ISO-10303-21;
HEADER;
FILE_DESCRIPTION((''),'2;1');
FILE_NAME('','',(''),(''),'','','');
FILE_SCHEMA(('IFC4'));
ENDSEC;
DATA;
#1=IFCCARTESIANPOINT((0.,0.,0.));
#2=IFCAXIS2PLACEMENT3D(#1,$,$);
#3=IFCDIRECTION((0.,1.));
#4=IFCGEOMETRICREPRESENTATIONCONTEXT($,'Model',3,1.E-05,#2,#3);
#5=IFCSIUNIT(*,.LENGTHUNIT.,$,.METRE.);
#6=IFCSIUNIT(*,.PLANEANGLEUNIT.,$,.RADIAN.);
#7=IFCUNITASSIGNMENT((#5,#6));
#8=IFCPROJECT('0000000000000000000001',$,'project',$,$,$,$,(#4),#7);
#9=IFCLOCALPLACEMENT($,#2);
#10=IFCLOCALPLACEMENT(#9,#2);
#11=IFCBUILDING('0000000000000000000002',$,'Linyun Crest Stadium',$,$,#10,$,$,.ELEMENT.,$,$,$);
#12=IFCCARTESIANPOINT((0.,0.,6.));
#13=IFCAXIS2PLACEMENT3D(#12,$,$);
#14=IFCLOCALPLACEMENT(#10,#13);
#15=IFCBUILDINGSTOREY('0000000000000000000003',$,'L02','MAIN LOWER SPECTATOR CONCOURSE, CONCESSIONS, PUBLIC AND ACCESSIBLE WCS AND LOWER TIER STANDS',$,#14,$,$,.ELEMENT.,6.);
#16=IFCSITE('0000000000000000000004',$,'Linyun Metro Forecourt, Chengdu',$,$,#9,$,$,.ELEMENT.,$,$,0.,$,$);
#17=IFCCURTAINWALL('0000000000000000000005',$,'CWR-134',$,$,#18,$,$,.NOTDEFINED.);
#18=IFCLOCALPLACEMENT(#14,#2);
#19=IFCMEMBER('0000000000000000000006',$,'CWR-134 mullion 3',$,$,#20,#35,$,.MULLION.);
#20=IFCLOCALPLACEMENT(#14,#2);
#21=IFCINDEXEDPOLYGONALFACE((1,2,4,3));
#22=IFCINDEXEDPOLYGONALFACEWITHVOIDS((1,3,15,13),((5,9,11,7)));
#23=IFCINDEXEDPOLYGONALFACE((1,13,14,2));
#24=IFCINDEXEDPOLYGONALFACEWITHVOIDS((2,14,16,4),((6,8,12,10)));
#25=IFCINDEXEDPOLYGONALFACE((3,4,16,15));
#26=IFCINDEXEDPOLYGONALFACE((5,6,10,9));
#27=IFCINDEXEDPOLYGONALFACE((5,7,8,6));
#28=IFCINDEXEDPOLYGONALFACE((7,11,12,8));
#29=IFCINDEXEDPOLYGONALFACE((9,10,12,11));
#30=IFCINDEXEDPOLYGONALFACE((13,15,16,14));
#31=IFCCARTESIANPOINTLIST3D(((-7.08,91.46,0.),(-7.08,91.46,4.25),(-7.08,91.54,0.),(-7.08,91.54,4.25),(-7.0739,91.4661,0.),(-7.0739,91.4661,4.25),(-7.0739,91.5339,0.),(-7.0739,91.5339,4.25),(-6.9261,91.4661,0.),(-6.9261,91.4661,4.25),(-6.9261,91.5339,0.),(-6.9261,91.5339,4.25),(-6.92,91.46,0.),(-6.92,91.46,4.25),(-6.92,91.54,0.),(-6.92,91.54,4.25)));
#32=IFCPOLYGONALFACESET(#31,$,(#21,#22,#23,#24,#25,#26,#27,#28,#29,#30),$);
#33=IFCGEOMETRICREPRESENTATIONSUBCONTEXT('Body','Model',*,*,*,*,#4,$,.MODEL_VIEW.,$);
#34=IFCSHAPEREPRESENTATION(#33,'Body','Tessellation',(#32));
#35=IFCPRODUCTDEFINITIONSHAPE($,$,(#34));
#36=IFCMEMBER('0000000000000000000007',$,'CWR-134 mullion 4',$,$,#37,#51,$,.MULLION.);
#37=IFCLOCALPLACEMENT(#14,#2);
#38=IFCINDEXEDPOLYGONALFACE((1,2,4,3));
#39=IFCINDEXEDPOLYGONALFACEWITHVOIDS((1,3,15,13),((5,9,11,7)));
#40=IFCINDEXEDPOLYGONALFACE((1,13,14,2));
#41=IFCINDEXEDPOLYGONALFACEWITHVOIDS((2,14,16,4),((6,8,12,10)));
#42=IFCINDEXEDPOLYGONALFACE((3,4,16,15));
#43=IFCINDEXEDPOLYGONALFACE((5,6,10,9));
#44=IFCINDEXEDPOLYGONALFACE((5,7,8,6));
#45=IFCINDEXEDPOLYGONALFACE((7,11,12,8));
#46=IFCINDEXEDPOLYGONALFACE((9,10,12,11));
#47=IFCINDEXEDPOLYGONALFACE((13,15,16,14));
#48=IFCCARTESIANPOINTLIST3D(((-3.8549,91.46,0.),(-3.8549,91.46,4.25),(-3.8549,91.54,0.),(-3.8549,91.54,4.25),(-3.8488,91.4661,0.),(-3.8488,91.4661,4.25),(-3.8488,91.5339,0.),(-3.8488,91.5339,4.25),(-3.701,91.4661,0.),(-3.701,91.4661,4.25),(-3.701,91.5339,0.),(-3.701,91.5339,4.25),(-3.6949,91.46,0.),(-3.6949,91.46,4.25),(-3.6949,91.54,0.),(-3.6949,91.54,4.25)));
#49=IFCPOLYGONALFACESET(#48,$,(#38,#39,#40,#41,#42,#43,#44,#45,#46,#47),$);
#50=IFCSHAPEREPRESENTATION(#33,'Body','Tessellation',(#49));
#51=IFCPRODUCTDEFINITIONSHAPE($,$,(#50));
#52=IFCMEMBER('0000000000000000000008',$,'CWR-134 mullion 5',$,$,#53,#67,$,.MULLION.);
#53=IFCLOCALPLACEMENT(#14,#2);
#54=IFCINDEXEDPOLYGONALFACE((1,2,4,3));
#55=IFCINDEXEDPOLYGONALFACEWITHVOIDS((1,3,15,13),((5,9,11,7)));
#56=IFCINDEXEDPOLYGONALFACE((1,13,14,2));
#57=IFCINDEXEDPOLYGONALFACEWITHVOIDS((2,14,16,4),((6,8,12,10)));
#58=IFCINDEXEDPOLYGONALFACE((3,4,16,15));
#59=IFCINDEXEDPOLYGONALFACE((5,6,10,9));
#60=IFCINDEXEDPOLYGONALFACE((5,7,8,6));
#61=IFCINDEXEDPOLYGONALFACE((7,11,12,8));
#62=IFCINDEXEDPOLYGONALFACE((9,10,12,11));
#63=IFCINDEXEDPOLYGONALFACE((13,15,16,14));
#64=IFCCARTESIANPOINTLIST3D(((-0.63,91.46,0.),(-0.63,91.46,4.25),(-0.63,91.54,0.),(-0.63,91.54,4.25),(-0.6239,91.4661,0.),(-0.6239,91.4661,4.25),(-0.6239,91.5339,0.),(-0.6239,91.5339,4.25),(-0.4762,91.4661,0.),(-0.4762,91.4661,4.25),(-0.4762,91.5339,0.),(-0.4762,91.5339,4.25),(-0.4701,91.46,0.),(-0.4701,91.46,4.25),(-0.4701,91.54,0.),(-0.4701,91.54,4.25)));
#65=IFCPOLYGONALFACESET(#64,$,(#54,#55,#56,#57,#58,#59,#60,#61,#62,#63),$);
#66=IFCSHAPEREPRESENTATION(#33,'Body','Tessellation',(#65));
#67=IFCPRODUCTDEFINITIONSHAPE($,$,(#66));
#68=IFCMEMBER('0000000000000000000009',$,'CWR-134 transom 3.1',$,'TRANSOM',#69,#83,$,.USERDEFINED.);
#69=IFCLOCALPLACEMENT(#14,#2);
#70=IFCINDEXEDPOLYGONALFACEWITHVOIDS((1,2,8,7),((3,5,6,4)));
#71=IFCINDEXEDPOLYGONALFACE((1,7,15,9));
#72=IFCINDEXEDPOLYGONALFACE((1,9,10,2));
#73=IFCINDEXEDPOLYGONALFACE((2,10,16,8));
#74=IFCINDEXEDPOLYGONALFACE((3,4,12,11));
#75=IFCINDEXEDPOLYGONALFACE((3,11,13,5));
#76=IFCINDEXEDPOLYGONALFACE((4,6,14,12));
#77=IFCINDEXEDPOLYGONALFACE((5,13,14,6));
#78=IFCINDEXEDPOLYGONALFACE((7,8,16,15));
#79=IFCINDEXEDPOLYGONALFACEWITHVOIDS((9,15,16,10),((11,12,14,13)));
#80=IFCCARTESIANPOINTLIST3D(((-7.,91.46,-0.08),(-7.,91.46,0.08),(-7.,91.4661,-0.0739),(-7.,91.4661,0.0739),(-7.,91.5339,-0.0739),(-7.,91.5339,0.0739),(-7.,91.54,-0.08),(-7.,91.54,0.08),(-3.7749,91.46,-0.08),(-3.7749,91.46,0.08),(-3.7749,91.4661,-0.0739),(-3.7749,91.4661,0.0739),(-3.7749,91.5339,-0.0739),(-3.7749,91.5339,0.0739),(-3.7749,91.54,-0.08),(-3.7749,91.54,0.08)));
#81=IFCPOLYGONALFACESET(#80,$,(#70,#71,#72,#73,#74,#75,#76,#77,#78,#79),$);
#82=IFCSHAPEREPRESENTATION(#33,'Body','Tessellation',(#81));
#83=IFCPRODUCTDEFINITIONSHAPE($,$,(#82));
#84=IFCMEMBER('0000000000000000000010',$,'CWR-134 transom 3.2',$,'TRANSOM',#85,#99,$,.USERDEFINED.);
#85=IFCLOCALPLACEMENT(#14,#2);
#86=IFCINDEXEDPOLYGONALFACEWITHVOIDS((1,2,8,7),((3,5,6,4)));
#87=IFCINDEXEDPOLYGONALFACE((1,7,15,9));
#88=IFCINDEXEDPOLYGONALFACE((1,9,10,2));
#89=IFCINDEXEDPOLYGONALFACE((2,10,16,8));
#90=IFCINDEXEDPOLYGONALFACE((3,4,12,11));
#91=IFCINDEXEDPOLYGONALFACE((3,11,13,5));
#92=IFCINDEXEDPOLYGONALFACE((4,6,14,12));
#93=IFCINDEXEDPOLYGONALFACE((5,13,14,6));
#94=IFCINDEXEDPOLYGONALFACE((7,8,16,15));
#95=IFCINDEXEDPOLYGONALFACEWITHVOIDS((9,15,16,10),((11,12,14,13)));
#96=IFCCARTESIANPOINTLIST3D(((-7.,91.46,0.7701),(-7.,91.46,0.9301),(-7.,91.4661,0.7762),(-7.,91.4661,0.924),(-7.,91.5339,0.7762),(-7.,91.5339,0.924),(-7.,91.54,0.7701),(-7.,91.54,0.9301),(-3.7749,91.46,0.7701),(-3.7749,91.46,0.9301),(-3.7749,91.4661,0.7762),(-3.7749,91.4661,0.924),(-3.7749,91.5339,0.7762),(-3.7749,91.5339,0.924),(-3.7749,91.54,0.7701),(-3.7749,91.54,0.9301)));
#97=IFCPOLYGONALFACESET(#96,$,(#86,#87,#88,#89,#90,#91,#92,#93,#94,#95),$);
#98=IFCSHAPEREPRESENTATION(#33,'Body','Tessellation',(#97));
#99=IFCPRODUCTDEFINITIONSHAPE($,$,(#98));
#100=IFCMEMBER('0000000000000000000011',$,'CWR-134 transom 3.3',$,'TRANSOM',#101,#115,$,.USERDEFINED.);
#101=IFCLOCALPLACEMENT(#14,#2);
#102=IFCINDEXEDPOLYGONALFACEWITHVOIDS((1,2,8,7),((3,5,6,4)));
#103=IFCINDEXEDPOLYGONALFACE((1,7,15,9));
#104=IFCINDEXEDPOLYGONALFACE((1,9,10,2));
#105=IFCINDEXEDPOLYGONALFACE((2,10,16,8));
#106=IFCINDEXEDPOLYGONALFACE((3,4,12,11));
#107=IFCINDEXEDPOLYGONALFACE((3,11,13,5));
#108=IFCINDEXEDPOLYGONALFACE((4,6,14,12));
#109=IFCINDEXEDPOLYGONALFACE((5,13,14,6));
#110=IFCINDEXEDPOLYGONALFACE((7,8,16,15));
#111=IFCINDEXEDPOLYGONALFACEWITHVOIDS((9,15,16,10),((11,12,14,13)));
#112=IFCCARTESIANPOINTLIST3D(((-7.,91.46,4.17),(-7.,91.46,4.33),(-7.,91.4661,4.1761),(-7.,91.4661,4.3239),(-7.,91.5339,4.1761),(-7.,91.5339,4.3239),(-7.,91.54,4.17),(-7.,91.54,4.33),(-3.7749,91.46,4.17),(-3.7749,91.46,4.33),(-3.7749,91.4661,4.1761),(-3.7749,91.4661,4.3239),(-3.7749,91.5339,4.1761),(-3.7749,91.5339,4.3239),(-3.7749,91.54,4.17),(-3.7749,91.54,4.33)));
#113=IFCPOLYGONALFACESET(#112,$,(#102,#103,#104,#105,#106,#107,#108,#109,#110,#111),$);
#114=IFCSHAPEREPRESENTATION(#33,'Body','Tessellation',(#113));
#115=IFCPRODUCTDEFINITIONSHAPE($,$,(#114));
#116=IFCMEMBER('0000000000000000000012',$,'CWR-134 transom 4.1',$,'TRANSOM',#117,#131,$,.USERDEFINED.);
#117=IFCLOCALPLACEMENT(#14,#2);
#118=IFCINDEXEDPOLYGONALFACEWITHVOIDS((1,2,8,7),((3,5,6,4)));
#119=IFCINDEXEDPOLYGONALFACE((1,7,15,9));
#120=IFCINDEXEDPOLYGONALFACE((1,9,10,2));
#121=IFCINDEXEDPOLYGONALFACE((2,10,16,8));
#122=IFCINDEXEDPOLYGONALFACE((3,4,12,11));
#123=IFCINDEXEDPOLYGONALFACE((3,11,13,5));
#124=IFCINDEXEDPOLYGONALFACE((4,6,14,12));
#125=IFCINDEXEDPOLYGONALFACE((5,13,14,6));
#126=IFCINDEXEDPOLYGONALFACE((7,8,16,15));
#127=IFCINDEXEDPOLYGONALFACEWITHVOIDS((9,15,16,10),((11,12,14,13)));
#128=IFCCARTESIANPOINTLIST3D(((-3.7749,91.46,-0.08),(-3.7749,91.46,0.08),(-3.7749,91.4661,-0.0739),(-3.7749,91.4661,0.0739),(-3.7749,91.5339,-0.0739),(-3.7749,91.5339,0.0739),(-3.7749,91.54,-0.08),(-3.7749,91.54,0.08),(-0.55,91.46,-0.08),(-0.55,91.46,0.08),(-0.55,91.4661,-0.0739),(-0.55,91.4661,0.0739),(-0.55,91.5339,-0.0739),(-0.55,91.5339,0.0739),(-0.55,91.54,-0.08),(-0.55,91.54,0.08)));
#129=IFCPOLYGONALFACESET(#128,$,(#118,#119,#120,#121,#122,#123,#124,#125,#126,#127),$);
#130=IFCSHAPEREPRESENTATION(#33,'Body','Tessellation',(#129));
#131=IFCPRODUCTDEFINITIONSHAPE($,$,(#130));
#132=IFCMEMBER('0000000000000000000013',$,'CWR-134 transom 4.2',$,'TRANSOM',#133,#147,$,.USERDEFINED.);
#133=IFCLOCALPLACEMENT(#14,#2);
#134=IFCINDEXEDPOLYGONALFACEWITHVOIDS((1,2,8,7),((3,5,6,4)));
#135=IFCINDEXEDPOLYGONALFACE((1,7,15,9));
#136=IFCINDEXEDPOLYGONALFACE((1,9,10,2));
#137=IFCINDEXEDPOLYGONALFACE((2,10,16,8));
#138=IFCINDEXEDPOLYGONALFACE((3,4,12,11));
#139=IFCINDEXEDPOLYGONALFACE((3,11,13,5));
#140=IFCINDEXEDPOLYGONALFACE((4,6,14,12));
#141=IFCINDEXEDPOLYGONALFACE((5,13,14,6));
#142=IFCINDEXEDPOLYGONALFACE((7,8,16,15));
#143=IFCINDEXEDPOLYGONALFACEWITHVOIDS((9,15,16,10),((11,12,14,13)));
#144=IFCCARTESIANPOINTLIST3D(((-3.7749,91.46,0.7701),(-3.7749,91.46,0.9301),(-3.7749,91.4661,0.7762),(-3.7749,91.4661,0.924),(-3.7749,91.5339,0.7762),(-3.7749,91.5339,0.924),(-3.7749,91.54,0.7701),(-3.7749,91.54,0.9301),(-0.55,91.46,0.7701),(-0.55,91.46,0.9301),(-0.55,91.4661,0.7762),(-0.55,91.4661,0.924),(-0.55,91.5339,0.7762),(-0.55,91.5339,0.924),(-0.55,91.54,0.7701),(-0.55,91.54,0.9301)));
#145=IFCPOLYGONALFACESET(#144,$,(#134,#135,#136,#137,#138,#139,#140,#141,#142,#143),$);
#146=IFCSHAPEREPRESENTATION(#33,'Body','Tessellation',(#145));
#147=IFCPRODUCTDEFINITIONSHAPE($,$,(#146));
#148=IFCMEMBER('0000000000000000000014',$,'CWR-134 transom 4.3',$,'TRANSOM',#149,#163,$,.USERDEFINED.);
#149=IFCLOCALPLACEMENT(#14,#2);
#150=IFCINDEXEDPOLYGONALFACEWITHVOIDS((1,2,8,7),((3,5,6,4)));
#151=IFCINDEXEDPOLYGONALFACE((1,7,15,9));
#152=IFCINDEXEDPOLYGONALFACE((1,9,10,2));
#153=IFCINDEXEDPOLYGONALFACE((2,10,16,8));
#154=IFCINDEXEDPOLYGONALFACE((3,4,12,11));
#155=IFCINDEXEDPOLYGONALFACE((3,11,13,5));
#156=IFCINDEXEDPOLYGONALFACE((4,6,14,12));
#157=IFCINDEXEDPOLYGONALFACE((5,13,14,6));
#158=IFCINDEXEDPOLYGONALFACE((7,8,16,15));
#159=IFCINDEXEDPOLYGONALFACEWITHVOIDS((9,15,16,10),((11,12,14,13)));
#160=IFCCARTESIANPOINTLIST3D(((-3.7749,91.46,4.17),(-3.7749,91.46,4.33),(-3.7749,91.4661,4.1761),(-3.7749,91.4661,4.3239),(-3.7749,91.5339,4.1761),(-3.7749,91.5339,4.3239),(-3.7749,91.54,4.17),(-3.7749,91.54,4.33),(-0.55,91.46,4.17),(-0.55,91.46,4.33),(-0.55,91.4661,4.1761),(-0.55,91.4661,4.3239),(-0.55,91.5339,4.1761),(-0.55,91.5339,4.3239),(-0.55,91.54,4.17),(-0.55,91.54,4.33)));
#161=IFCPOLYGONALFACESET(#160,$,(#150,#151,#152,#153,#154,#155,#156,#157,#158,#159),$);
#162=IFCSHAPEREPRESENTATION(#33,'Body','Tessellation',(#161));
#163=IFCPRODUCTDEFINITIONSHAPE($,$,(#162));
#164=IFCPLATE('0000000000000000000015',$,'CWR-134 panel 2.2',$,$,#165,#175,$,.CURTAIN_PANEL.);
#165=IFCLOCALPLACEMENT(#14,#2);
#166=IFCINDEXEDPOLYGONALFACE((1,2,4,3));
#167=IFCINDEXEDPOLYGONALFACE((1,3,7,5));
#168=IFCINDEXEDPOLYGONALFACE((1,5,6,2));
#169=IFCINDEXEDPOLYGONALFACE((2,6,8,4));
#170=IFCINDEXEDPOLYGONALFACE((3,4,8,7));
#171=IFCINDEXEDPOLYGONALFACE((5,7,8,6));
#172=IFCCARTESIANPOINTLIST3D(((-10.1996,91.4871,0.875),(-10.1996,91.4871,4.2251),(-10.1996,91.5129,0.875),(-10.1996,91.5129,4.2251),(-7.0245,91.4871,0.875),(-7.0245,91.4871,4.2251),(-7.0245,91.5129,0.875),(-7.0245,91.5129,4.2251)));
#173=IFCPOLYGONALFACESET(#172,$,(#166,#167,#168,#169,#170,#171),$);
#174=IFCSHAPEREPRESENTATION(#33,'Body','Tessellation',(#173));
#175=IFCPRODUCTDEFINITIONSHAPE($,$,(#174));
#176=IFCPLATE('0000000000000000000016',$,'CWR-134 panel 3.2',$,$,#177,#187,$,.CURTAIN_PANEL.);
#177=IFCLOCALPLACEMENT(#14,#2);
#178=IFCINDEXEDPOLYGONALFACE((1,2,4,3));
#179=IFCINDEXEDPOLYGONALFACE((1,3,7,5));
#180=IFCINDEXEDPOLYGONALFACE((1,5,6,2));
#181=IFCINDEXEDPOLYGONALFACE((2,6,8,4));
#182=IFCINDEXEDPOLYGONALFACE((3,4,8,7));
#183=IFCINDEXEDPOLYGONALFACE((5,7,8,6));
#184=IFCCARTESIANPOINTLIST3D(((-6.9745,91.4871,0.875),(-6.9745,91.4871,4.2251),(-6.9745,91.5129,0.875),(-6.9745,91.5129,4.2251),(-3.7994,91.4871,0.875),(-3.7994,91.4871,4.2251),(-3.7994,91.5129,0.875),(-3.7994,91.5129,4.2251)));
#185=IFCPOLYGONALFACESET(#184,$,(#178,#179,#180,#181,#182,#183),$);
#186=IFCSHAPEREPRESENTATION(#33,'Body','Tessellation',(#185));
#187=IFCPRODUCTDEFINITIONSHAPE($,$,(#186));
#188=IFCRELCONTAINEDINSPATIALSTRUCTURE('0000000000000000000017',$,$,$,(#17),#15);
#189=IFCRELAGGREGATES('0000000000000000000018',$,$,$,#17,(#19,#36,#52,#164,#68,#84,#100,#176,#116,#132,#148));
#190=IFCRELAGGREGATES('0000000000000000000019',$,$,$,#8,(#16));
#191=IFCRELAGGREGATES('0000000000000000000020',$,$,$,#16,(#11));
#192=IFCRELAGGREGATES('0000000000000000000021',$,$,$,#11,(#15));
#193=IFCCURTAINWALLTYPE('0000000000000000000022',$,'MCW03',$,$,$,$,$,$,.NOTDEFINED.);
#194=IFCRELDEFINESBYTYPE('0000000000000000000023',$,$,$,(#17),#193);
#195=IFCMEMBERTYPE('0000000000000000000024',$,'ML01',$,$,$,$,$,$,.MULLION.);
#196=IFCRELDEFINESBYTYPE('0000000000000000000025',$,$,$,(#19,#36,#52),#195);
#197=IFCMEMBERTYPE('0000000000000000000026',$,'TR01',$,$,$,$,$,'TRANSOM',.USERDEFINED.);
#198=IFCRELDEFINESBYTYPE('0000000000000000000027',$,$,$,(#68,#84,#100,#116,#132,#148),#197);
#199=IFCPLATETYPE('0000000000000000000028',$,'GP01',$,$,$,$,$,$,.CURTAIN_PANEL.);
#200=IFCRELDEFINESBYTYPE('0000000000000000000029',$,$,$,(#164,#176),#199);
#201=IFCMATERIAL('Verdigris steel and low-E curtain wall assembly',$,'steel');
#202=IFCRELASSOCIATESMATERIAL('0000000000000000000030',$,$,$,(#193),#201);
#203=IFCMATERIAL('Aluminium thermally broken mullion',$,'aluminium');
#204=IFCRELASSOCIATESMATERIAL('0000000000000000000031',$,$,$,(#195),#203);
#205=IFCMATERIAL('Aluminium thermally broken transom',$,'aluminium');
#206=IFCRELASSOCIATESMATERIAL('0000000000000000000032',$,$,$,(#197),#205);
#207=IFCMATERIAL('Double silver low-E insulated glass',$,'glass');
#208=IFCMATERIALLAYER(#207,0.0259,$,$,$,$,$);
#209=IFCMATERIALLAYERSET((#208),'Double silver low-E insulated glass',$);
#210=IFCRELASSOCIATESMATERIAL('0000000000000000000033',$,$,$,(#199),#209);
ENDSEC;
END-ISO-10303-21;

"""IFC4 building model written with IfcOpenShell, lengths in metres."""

from ifc_helpers import new_model, si_unit, direction, frame, origin, origin_2d, place, context, subcontext, project, spatial, rectangle, hollow_rectangle, extrude, material, layer, layer_set, material_profile, profile_set, type_object, element, aggregate, save


model = new_model("IFC4")

# Units and contexts
model_context = context("Model", 3, precision=1e-05, world=origin(), true_north=direction((0.0, 1.0)))
body_context = subcontext(model_context, "Body", "Model", "MODEL_VIEW")
ifc_project = project(units=[si_unit("LENGTHUNIT", "METRE"), si_unit("PLANEANGLEUNIT", "RADIAN")], contexts=[model_context])

# Site, building, storey
site_placement = place(None, origin())
site = spatial("IfcSite", under=ifc_project, at=site_placement, Name="Linyun Metro Forecourt, Chengdu", CompositionType="ELEMENT", RefElevation=0.0)
building_placement = place(site_placement, origin())
building = spatial("IfcBuilding", under=site, at=building_placement, Name="Linyun Crest Stadium", CompositionType="ELEMENT")
storey_placement = place(building_placement, frame((0.0, 0.0, 6.0)))
storey = spatial("IfcBuildingStorey", under=building, at=storey_placement, Name="L02", Description="MAIN LOWER SPECTATOR CONCOURSE, CONCESSIONS, PUBLIC AND ACCESSIBLE WCS AND LOWER TIER STANDS", CompositionType="ELEMENT", Elevation=6.0)

# Curtain wall, members, plates
ifc_material_1 = material(Name="Verdigris steel and low-E curtain wall assembly", Category="steel")
curtain_wall_type = type_object("IfcCurtainWallType", Name="MCW03", PredefinedType="NOTDEFINED", material=ifc_material_1)
curtain_wall_placement = place(storey_placement, origin())
curtain_wall = element("IfcCurtainWall", 1, at=curtain_wall_placement, inside=storey, type_object=curtain_wall_type, Name="CWR-134", PredefinedType="NOTDEFINED")
ifc_material_2 = material(Name="Aluminium thermally broken mullion", Category="aluminium")
ifc_material_profile_1 = material_profile(ifc_material_2, hollow_rectangle(XDim=0.0801, YDim=0.1599, WallThickness=0.0061, at=origin_2d()), Name="RHS 160x80x6")
ifc_profile_set_1 = profile_set([ifc_material_profile_1], Name="Aluminium thermally broken mullion")
member_type_1 = type_object("IfcMemberType", Name="ML01", PredefinedType="MULLION", material=ifc_profile_set_1)
member_1_placement = place(storey_placement, frame((-7.0, 91.5, 0.0), z_axis=(0.0, 0.0, 1.0), x_axis=(0.0, 1.0, 0.0)))
member_1 = element("IfcMember", 2, at=member_1_placement, type_object=member_type_1, Name="CWR-134 mullion 3", PredefinedType="MULLION", context=body_context, shape_type="SweptSolid", body=[
    extrude(hollow_rectangle(XDim=0.0801, YDim=0.1599, WallThickness=0.0061, at=origin_2d()), origin(), (0.0, 0.0, 1.0), 4.25),
])
member_2_placement = place(storey_placement, frame((-3.7749, 91.5, 0.0), z_axis=(0.0, 0.0, 1.0), x_axis=(0.0, 1.0, 0.0)))
member_2 = element("IfcMember", 3, at=member_2_placement, type_object=member_type_1, Name="CWR-134 mullion 4", PredefinedType="MULLION", context=body_context, shape_type="SweptSolid", body=[
    extrude(hollow_rectangle(XDim=0.0801, YDim=0.1599, WallThickness=0.0061, at=origin_2d()), origin(), (0.0, 0.0, 1.0), 4.25),
])
member_3_placement = place(storey_placement, frame((-0.55, 91.5, 0.0), z_axis=(0.0, 0.0, 1.0), x_axis=(0.0, 1.0, 0.0)))
member_3 = element("IfcMember", 4, at=member_3_placement, type_object=member_type_1, Name="CWR-134 mullion 5", PredefinedType="MULLION", context=body_context, shape_type="SweptSolid", body=[
    extrude(hollow_rectangle(XDim=0.0801, YDim=0.1599, WallThickness=0.0061, at=origin_2d()), origin(), (0.0, 0.0, 1.0), 4.25),
])
ifc_material_3 = material(Name="Aluminium thermally broken transom", Category="aluminium")
ifc_material_profile_2 = material_profile(ifc_material_3, hollow_rectangle(XDim=0.0801, YDim=0.1599, WallThickness=0.0061, at=origin_2d()), Name="RHS 160x80x6")
ifc_profile_set_2 = profile_set([ifc_material_profile_2], Name="Aluminium thermally broken transom")
member_type_2 = type_object("IfcMemberType", Name="TR01", ElementType="TRANSOM", PredefinedType="USERDEFINED", material=ifc_profile_set_2)
member_4_placement = place(storey_placement, frame((-7.0, 91.5, 0.0), z_axis=(1.0, 0.0, 0.0), x_axis=(0.0, 1.0, 0.0)))
member_4 = element("IfcMember", 5, at=member_4_placement, type_object=member_type_2, Name="CWR-134 transom 3.1", ObjectType="TRANSOM", PredefinedType="USERDEFINED", context=body_context, shape_type="SweptSolid", body=[
    extrude(hollow_rectangle(XDim=0.0801, YDim=0.1599, WallThickness=0.0061, at=origin_2d()), origin(), (0.0, 0.0, 1.0), 3.2251),
])
member_5_placement = place(storey_placement, frame((-7.0, 91.5, 0.8501), z_axis=(1.0, 0.0, 0.0), x_axis=(0.0, 1.0, 0.0)))
member_5 = element("IfcMember", 6, at=member_5_placement, type_object=member_type_2, Name="CWR-134 transom 3.2", ObjectType="TRANSOM", PredefinedType="USERDEFINED", context=body_context, shape_type="SweptSolid", body=[
    extrude(hollow_rectangle(XDim=0.0801, YDim=0.1599, WallThickness=0.0061, at=origin_2d()), origin(), (0.0, 0.0, 1.0), 3.2251),
])
member_6_placement = place(storey_placement, frame((-7.0, 91.5, 4.25), z_axis=(1.0, 0.0, 0.0), x_axis=(0.0, 1.0, 0.0)))
member_6 = element("IfcMember", 7, at=member_6_placement, type_object=member_type_2, Name="CWR-134 transom 3.3", ObjectType="TRANSOM", PredefinedType="USERDEFINED", context=body_context, shape_type="SweptSolid", body=[
    extrude(hollow_rectangle(XDim=0.0801, YDim=0.1599, WallThickness=0.0061, at=origin_2d()), origin(), (0.0, 0.0, 1.0), 3.2251),
])
member_7_placement = place(storey_placement, frame((-3.7749, 91.5, 0.0), z_axis=(1.0, 0.0, 0.0), x_axis=(0.0, 1.0, 0.0)))
member_7 = element("IfcMember", 8, at=member_7_placement, type_object=member_type_2, Name="CWR-134 transom 4.1", ObjectType="TRANSOM", PredefinedType="USERDEFINED", context=body_context, shape_type="SweptSolid", body=[
    extrude(hollow_rectangle(XDim=0.0801, YDim=0.1599, WallThickness=0.0061, at=origin_2d()), origin(), (0.0, 0.0, 1.0), 3.2249),
])
member_8_placement = place(storey_placement, frame((-3.7749, 91.5, 0.8501), z_axis=(1.0, 0.0, 0.0), x_axis=(0.0, 1.0, 0.0)))
member_8 = element("IfcMember", 9, at=member_8_placement, type_object=member_type_2, Name="CWR-134 transom 4.2", ObjectType="TRANSOM", PredefinedType="USERDEFINED", context=body_context, shape_type="SweptSolid", body=[
    extrude(hollow_rectangle(XDim=0.0801, YDim=0.1599, WallThickness=0.0061, at=origin_2d()), origin(), (0.0, 0.0, 1.0), 3.2249),
])
member_9_placement = place(storey_placement, frame((-3.7749, 91.5, 4.25), z_axis=(1.0, 0.0, 0.0), x_axis=(0.0, 1.0, 0.0)))
member_9 = element("IfcMember", 10, at=member_9_placement, type_object=member_type_2, Name="CWR-134 transom 4.3", ObjectType="TRANSOM", PredefinedType="USERDEFINED", context=body_context, shape_type="SweptSolid", body=[
    extrude(hollow_rectangle(XDim=0.0801, YDim=0.1599, WallThickness=0.0061, at=origin_2d()), origin(), (0.0, 0.0, 1.0), 3.2249),
])
ifc_material_4 = material(Name="Double silver low-E insulated glass", Category="glass")
ifc_layer_1 = layer(ifc_material_4, 0.0259)
ifc_layer_set_1 = layer_set([ifc_layer_1], Name="Double silver low-E insulated glass")
plate_type_1 = type_object("IfcPlateType", Name="GP01", PredefinedType="CURTAIN_PANEL", material=ifc_layer_set_1)
plate_1_placement = place(storey_placement, frame((-8.6121, 91.5, 0.875), z_axis=(0.0, 0.0, 1.0), x_axis=(1.0, 0.0, 0.0)))
plate_1 = element("IfcPlate", 11, at=plate_1_placement, type_object=plate_type_1, Name="CWR-134 panel 2.2", PredefinedType="CURTAIN_PANEL", context=body_context, shape_type="SweptSolid", body=[
    extrude(rectangle(XDim=3.175, YDim=0.0259, at=origin_2d()), origin(), (0.0, 0.0, 1.0), 3.3501),
])
plate_2_placement = place(storey_placement, frame((-5.387, 91.5, 0.875), z_axis=(0.0, 0.0, 1.0), x_axis=(1.0, 0.0, 0.0)))
plate_2 = element("IfcPlate", 12, at=plate_2_placement, type_object=plate_type_1, Name="CWR-134 panel 3.2", PredefinedType="CURTAIN_PANEL", context=body_context, shape_type="SweptSolid", body=[
    extrude(rectangle(XDim=3.175, YDim=0.0259, at=origin_2d()), origin(), (0.0, 0.0, 1.0), 3.3501),
])
aggregate(curtain_wall, [member_1, member_2, member_3, plate_1, member_4, member_5, member_6, plate_2, member_7, member_8, member_9])

save(model, "model.ifc")
